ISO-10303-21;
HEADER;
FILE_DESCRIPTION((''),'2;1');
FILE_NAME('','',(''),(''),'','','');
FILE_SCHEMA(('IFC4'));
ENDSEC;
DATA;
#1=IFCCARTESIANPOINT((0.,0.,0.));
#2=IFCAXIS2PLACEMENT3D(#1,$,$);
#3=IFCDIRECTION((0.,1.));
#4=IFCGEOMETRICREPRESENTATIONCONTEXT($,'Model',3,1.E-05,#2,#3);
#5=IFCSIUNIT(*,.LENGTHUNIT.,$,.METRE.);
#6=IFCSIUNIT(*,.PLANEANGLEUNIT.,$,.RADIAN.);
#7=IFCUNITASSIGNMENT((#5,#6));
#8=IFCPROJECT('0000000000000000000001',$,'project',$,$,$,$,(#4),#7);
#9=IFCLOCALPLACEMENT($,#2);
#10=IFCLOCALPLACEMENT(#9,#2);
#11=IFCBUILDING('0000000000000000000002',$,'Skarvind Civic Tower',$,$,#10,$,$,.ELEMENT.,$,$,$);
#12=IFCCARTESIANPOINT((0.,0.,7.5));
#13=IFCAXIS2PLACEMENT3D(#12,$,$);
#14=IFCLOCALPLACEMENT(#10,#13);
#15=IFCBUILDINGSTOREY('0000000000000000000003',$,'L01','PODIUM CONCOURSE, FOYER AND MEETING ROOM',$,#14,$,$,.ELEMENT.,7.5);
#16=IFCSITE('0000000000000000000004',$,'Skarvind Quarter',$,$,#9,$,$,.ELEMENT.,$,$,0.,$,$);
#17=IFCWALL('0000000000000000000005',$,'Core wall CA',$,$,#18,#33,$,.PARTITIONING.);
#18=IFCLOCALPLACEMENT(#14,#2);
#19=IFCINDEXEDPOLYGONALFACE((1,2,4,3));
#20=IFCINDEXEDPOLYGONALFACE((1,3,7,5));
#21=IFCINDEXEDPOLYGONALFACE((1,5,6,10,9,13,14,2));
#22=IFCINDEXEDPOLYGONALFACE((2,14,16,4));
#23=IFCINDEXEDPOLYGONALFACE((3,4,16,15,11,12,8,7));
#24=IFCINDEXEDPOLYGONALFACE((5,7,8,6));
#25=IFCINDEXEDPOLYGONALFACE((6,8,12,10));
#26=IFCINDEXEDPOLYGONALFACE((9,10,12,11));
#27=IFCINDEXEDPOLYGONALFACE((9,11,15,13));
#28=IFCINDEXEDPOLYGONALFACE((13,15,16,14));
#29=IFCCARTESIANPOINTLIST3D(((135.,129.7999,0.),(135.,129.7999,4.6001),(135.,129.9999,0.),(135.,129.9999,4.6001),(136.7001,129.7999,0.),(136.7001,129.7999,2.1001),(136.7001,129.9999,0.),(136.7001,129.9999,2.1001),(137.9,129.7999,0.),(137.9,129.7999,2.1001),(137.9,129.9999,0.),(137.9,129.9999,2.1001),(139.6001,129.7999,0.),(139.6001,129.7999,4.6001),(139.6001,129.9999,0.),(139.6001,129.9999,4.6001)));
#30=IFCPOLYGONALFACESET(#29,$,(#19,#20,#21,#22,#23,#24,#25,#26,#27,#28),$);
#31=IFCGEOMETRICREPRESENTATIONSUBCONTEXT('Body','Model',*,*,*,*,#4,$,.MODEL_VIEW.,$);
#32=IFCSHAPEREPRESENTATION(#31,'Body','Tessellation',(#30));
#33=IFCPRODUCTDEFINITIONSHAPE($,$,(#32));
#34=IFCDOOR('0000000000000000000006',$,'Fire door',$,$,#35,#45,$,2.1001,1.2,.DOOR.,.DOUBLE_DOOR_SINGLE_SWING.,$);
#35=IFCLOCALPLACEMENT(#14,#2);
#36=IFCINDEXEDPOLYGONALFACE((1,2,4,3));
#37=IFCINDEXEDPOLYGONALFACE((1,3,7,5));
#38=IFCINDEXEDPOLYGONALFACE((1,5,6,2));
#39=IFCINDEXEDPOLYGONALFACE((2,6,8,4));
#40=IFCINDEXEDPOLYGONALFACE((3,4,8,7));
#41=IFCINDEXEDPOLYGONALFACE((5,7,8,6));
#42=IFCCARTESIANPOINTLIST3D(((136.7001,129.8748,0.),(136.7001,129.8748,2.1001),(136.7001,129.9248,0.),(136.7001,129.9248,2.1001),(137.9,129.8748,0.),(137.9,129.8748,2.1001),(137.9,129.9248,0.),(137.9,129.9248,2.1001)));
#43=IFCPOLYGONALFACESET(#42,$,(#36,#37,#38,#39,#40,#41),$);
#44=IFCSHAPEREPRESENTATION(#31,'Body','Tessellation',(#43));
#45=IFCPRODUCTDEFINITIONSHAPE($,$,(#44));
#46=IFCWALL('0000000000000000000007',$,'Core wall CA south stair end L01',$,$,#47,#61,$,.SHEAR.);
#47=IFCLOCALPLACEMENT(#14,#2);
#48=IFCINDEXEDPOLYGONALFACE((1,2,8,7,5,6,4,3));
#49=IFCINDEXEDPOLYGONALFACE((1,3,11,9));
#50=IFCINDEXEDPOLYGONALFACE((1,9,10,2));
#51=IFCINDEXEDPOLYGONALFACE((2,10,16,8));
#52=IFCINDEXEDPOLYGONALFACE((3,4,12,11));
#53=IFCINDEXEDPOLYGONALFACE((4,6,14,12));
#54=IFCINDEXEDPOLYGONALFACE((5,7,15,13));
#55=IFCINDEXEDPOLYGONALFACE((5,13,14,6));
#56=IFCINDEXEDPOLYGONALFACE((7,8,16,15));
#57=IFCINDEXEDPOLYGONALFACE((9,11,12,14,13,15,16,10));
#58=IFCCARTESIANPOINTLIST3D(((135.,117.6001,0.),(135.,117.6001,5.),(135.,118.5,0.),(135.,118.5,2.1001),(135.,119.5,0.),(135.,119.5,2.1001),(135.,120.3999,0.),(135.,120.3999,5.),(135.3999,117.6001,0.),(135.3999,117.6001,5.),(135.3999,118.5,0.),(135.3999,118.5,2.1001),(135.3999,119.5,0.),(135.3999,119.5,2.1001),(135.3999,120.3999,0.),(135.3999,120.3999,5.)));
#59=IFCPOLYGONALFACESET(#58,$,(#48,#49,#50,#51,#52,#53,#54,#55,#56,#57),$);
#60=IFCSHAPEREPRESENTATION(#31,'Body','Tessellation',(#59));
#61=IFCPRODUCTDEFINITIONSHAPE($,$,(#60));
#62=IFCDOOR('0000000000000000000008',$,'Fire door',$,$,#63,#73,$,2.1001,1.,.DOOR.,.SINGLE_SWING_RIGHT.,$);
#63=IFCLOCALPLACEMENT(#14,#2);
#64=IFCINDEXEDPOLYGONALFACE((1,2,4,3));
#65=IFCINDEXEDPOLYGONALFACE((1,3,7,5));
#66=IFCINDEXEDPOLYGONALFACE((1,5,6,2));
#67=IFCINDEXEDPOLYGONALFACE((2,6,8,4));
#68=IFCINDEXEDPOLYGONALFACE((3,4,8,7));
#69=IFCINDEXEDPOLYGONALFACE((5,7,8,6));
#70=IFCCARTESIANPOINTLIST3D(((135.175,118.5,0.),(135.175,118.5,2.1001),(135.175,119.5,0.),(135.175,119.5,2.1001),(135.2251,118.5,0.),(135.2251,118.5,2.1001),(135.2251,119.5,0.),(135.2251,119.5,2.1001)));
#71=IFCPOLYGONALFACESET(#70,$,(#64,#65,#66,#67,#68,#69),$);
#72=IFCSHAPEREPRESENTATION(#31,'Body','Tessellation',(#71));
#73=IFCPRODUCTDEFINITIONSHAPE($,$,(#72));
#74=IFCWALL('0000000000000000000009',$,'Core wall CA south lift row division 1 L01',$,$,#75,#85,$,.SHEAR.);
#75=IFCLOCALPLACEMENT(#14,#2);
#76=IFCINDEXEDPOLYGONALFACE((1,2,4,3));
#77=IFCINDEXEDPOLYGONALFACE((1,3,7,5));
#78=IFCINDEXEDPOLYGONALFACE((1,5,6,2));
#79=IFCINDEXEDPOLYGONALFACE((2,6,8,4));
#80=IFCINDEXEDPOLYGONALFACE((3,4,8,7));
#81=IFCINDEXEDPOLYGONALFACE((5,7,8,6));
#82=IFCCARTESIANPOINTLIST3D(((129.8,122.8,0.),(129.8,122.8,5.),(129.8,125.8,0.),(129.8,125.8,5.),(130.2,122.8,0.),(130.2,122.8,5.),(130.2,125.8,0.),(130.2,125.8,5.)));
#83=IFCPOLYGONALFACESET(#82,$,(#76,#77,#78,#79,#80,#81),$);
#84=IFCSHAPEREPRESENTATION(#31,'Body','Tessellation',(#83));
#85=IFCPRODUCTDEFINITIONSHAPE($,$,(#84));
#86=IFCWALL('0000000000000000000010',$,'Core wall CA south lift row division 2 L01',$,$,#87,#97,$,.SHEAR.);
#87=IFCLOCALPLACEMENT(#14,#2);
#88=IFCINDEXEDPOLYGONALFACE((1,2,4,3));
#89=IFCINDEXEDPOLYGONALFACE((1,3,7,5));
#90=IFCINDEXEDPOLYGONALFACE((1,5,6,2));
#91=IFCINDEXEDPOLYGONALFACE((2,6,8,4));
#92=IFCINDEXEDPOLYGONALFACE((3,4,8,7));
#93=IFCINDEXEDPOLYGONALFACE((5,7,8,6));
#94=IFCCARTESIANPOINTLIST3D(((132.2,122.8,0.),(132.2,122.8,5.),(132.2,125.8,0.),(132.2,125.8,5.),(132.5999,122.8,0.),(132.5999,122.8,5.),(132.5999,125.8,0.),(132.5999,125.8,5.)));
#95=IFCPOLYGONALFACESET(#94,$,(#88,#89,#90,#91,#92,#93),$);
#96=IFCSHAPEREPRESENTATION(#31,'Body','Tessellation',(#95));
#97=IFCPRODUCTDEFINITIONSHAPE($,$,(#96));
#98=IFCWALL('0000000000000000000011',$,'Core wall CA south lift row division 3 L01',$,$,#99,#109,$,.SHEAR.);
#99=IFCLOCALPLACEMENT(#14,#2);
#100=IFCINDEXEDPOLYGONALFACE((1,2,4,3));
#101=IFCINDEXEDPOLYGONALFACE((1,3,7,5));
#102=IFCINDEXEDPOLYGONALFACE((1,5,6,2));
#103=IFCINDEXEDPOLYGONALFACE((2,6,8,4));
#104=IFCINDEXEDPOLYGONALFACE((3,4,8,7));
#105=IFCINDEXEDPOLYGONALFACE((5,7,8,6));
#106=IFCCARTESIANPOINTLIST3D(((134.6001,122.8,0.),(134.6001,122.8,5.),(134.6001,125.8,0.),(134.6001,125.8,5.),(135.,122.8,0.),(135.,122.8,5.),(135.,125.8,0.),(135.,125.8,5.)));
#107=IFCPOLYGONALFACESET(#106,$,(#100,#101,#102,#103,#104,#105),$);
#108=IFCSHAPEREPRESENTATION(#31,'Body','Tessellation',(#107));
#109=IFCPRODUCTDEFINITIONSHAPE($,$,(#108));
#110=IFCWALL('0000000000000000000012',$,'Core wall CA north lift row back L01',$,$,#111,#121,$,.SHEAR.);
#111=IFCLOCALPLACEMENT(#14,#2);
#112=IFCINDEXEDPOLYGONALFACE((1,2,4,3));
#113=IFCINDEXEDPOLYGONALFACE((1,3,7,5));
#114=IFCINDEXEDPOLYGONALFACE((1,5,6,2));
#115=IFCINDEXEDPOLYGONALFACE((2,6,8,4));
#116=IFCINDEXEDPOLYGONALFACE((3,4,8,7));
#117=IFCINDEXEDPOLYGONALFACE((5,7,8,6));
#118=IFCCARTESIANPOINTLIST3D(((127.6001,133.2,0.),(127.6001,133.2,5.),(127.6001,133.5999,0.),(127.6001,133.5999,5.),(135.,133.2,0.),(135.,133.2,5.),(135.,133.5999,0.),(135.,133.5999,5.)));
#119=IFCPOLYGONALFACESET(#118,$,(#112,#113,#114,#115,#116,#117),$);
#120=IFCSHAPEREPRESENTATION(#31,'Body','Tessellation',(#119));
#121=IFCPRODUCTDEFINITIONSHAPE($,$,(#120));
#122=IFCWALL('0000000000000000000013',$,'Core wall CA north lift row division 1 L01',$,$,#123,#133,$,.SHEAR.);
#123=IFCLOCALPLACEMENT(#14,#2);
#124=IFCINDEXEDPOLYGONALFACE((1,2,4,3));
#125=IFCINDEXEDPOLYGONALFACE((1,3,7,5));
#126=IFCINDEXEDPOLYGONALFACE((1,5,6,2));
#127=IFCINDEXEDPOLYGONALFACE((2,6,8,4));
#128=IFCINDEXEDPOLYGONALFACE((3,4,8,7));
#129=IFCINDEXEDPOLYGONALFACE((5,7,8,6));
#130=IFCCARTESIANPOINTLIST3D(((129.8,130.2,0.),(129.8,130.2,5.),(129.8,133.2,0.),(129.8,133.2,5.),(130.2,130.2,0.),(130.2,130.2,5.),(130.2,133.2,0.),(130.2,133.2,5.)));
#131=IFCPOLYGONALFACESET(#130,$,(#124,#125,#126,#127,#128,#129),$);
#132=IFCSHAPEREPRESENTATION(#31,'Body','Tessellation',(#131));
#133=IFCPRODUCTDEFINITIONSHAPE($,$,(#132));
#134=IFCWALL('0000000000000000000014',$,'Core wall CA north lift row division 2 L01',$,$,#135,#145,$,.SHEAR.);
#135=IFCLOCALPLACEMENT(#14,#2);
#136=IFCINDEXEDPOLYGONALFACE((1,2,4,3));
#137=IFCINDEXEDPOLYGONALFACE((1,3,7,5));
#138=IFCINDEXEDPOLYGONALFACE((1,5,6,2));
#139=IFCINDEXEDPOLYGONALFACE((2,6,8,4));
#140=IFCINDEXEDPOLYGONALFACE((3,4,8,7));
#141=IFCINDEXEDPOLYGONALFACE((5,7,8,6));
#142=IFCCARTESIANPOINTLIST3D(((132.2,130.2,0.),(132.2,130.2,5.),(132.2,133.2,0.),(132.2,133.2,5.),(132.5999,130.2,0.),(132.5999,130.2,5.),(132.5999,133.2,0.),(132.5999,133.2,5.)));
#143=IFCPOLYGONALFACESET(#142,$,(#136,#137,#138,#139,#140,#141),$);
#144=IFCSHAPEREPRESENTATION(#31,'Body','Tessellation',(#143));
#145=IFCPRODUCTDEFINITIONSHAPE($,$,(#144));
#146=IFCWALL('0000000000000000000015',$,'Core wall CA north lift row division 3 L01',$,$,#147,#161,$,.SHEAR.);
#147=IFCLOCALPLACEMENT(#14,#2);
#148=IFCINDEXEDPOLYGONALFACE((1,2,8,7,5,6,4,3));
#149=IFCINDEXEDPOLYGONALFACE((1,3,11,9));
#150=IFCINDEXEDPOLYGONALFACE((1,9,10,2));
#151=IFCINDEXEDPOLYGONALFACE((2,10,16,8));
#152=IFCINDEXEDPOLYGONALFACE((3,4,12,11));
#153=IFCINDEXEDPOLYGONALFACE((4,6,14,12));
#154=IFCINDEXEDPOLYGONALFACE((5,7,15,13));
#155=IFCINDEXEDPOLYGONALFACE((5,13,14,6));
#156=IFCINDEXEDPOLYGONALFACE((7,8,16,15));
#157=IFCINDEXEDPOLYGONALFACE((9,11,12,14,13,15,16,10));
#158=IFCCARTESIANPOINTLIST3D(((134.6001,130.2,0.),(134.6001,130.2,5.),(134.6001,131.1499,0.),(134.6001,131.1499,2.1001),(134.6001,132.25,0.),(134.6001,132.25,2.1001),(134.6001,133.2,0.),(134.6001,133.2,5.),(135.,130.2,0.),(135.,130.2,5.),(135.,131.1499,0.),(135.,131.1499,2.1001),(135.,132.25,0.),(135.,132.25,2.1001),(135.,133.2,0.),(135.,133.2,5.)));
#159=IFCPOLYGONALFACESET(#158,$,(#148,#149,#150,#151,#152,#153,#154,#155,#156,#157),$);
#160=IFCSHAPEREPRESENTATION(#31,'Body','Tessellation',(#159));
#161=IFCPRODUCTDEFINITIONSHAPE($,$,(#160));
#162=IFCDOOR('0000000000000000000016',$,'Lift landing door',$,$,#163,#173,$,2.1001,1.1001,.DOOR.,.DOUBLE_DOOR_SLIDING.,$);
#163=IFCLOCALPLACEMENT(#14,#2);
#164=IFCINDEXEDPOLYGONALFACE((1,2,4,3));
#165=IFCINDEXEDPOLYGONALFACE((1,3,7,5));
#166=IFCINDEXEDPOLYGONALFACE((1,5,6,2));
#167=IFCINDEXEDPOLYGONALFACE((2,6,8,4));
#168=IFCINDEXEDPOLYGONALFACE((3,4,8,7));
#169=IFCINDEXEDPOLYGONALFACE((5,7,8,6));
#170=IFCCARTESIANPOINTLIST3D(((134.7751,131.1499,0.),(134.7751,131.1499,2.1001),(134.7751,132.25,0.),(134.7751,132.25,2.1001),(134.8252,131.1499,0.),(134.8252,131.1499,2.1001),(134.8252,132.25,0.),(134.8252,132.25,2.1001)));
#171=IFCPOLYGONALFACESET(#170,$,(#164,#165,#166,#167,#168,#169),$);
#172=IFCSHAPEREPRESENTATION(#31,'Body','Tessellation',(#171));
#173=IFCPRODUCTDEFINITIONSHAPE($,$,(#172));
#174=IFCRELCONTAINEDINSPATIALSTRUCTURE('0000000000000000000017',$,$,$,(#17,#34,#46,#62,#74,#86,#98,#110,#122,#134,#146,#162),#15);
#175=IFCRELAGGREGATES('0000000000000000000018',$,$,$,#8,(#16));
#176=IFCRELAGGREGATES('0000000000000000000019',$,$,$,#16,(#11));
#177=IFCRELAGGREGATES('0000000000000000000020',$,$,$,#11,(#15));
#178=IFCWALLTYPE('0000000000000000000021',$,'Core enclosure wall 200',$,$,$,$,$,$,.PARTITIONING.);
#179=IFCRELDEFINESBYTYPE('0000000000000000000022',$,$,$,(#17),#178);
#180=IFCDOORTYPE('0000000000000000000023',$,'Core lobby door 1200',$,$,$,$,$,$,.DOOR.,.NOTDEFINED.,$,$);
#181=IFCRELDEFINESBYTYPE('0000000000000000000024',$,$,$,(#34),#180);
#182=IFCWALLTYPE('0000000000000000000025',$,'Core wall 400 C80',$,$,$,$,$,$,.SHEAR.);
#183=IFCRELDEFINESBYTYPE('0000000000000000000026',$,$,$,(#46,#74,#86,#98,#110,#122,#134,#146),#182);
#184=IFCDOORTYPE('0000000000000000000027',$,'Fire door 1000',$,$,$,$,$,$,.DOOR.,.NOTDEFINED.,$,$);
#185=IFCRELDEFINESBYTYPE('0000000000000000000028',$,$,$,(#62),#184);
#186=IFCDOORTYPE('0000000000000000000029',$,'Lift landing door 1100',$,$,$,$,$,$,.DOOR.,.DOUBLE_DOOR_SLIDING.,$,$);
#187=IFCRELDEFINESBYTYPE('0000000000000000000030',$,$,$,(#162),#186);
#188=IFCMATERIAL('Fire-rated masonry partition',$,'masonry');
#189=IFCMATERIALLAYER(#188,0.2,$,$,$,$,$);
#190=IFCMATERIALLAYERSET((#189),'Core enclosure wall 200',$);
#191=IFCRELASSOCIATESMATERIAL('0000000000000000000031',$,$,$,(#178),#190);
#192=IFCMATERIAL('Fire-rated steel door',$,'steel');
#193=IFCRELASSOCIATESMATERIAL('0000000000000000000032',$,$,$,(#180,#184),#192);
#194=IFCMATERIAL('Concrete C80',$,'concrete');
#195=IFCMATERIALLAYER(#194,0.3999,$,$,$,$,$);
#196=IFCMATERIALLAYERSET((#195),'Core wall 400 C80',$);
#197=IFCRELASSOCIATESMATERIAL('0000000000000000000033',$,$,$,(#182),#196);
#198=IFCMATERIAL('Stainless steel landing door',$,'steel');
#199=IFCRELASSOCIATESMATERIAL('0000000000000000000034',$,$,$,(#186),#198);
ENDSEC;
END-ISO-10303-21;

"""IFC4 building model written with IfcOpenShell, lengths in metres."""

from ifc_helpers import new_model, si_unit, direction, frame, frame_2d, origin, place, context, subcontext, project, spatial, rectangle, extrude, material, layer, layer_set, type_object, element, fill, save


model = new_model("IFC4")

# Units and contexts
model_context = context("Model", 3, precision=1e-05, world=origin(), true_north=direction((0.0, 1.0)))
body_context = subcontext(model_context, "Body", "Model", "MODEL_VIEW")
ifc_project = project(units=[si_unit("LENGTHUNIT", "METRE"), si_unit("PLANEANGLEUNIT", "RADIAN")], contexts=[model_context])

# Site, building, storey
site_placement = place(None, origin())
site = spatial("IfcSite", under=ifc_project, at=site_placement, Name="Skarvind Quarter", CompositionType="ELEMENT", RefElevation=0.0)
building_placement = place(site_placement, origin())
building = spatial("IfcBuilding", under=site, at=building_placement, Name="Skarvind Civic Tower", CompositionType="ELEMENT")
storey_placement = place(building_placement, frame((0.0, 0.0, 7.5)))
storey = spatial("IfcBuildingStorey", under=building, at=storey_placement, Name="L01", Description="PODIUM CONCOURSE, FOYER AND MEETING ROOM", CompositionType="ELEMENT", Elevation=7.5)

# Walls, openings, doors
ifc_material_1 = material(Name="Fire-rated masonry partition", Category="masonry")
ifc_layer_1 = layer(ifc_material_1, 0.2)
ifc_layer_set_1 = layer_set([ifc_layer_1], Name="Core enclosure wall 200")
wall_type_1 = type_object("IfcWallType", Name="Core enclosure wall 200", PredefinedType="PARTITIONING", material=ifc_layer_set_1)
wall_1_placement = place(storey_placement, frame((135.0, 129.8999, 0.0), z_axis=(0.0, 0.0, 1.0), x_axis=(1.0, 0.0, 0.0)))
wall_1 = element("IfcWall", 1, at=wall_1_placement, inside=storey, type_object=wall_type_1, Name="Core wall CA", PredefinedType="PARTITIONING", context=body_context, shape_type="SweptSolid", body=[
    extrude(rectangle(XDim=4.6001, YDim=0.2, at=frame_2d((2.3, 0.0))), origin(), (0.0, 0.0, 1.0), 4.6001),
])
opening_1_placement = place(wall_1_placement, frame((1.7, 0.0, 0.0)))
opening_1 = element("IfcOpeningElement", 2, at=opening_1_placement, cuts=wall_1, PredefinedType="OPENING", context=body_context, shape_type="SweptSolid", body=[
    extrude(rectangle(XDim=1.2, YDim=2.1001, at=frame_2d((0.6001, 1.05))), frame((0.0, 0.1099, 0.0), z_axis=(0.0, -1.0, 0.0), x_axis=(1.0, 0.0, 0.0)), (0.0, 0.0, 1.0), 0.22),
])
ifc_material_2 = material(Name="Fire-rated steel door", Category="steel")
door_type_1 = type_object("IfcDoorType", Name="Core lobby door 1200", OperationType="NOTDEFINED", PredefinedType="DOOR", material=ifc_material_2)
door_1_placement = place(opening_1_placement, origin())
door_1 = element("IfcDoor", 3, at=door_1_placement, inside=storey, type_object=door_type_1, Name="Fire door", OperationType="DOUBLE_DOOR_SINGLE_SWING", OverallHeight=2.1001, OverallWidth=1.2, PredefinedType="DOOR", context=body_context, shape_type="SweptSolid", body=[
    extrude(rectangle(XDim=1.2, YDim=2.1001, at=frame_2d((0.6001, 1.05))), frame((0.0, 0.0249, 0.0), z_axis=(0.0, -1.0, 0.0), x_axis=(1.0, 0.0, 0.0)), (0.0, 0.0, 1.0), 0.05),
])
fill(opening_1, door_1)
ifc_material_3 = material(Name="Concrete C80", Category="concrete")
ifc_layer_2 = layer(ifc_material_3, 0.3999)
ifc_layer_set_2 = layer_set([ifc_layer_2], Name="Core wall 400 C80")
wall_type_2 = type_object("IfcWallType", Name="Core wall 400 C80", PredefinedType="SHEAR", material=ifc_layer_set_2)
wall_2_placement = place(storey_placement, frame((135.2, 117.6001, 0.0), z_axis=(0.0, 0.0, 1.0), x_axis=(0.0, 1.0, 0.0)))
wall_2 = element("IfcWall", 4, at=wall_2_placement, inside=storey, type_object=wall_type_2, Name="Core wall CA south stair end L01", PredefinedType="SHEAR", context=body_context, shape_type="SweptSolid", body=[
    extrude(rectangle(XDim=2.7998, YDim=0.3999, at=frame_2d((1.3999, 0.0))), origin(), (0.0, 0.0, 1.0), 5.0),
])
opening_2_placement = place(wall_2_placement, frame((0.8999, 0.0, 0.0)))
opening_2 = element("IfcOpeningElement", 5, at=opening_2_placement, cuts=wall_2, PredefinedType="OPENING", context=body_context, shape_type="SweptSolid", body=[
    extrude(rectangle(XDim=1.0, YDim=2.1001, at=frame_2d((0.5, 1.05))), frame((0.0, 0.21, 0.0), z_axis=(0.0, -1.0, 0.0), x_axis=(1.0, 0.0, 0.0)), (0.0, 0.0, 1.0), 0.4199),
])
door_type_2 = type_object("IfcDoorType", Name="Fire door 1000", OperationType="NOTDEFINED", PredefinedType="DOOR", material=ifc_material_2)
door_2_placement = place(opening_2_placement, origin())
door_2 = element("IfcDoor", 6, at=door_2_placement, inside=storey, type_object=door_type_2, Name="Fire door", OperationType="SINGLE_SWING_RIGHT", OverallHeight=2.1001, OverallWidth=1.0, PredefinedType="DOOR", context=body_context, shape_type="SweptSolid", body=[
    extrude(rectangle(XDim=1.0, YDim=2.1001, at=frame_2d((0.5, 1.05))), frame((0.0, 0.0249, 0.0), z_axis=(0.0, -1.0, 0.0), x_axis=(1.0, 0.0, 0.0)), (0.0, 0.0, 1.0), 0.05),
])
fill(opening_2, door_2)

# Walls
for number, where, z_axis, x_axis, name in (
    (7, (130.0, 122.8, 0.0), (0.0, 0.0, 1.0), (0.0, 1.0, 0.0), "Core wall CA south lift row division 1 L01"),
    (8, (132.3999, 122.8, 0.0), (0.0, 0.0, 1.0), (0.0, 1.0, 0.0), "Core wall CA south lift row division 2 L01"),
    (9, (134.8, 122.8, 0.0), (0.0, 0.0, 1.0), (0.0, 1.0, 0.0), "Core wall CA south lift row division 3 L01"),
):
    element("IfcWall", number, at=place(storey_placement, frame(where, z_axis=z_axis, x_axis=x_axis)), inside=storey, type_object=wall_type_2, Name=name, PredefinedType="SHEAR", context=body_context, shape_type="SweptSolid", body=[
        extrude(rectangle(XDim=3.0, YDim=0.3999, at=frame_2d((1.5, 0.0))), origin(), (0.0, 0.0, 1.0), 5.0),
    ])
wall_3_placement = place(storey_placement, frame((127.6001, 133.3999, 0.0), z_axis=(0.0, 0.0, 1.0), x_axis=(1.0, 0.0, 0.0)))
element("IfcWall", 10, at=wall_3_placement, inside=storey, type_object=wall_type_2, Name="Core wall CA north lift row back L01", PredefinedType="SHEAR", context=body_context, shape_type="SweptSolid", body=[
    extrude(rectangle(XDim=7.3999, YDim=0.3999, at=frame_2d((3.7, 0.0))), origin(), (0.0, 0.0, 1.0), 5.0),
])
for number, where, z_axis, x_axis, name in (
    (11, (130.0, 130.2, 0.0), (0.0, 0.0, 1.0), (0.0, 1.0, 0.0), "Core wall CA north lift row division 1 L01"),
    (12, (132.3999, 130.2, 0.0), (0.0, 0.0, 1.0), (0.0, 1.0, 0.0), "Core wall CA north lift row division 2 L01"),
):
    element("IfcWall", number, at=place(storey_placement, frame(where, z_axis=z_axis, x_axis=x_axis)), inside=storey, type_object=wall_type_2, Name=name, PredefinedType="SHEAR", context=body_context, shape_type="SweptSolid", body=[
        extrude(rectangle(XDim=3.0, YDim=0.3999, at=frame_2d((1.5, 0.0))), origin(), (0.0, 0.0, 1.0), 5.0),
    ])

# Wall, opening, door
wall_4_placement = place(storey_placement, frame((134.8, 130.2, 0.0), z_axis=(0.0, 0.0, 1.0), x_axis=(0.0, 1.0, 0.0)))
wall_4 = element("IfcWall", 13, at=wall_4_placement, inside=storey, type_object=wall_type_2, Name="Core wall CA north lift row division 3 L01", PredefinedType="SHEAR", context=body_context, shape_type="SweptSolid", body=[
    extrude(rectangle(XDim=3.0, YDim=0.3999, at=frame_2d((1.5, 0.0))), origin(), (0.0, 0.0, 1.0), 5.0),
])
opening_3_placement = place(wall_4_placement, frame((0.95, 0.0, 0.0)))
opening_3 = element("IfcOpeningElement", 14, at=opening_3_placement, cuts=wall_4, PredefinedType="OPENING", context=body_context, shape_type="SweptSolid", body=[
    extrude(rectangle(XDim=1.1001, YDim=2.1001, at=frame_2d((0.55, 1.05))), frame((0.0, 0.21, 0.0), z_axis=(0.0, -1.0, 0.0), x_axis=(1.0, 0.0, 0.0)), (0.0, 0.0, 1.0), 0.4199),
])
ifc_material_4 = material(Name="Stainless steel landing door", Category="steel")
door_type_3 = type_object("IfcDoorType", Name="Lift landing door 1100", OperationType="DOUBLE_DOOR_SLIDING", PredefinedType="DOOR", material=ifc_material_4)
door_3_placement = place(opening_3_placement, origin())
door_3 = element("IfcDoor", 15, at=door_3_placement, inside=storey, type_object=door_type_3, Name="Lift landing door", OperationType="DOUBLE_DOOR_SLIDING", OverallHeight=2.1001, OverallWidth=1.1001, PredefinedType="DOOR", context=body_context, shape_type="SweptSolid", body=[
    extrude(rectangle(XDim=1.1001, YDim=2.1001, at=frame_2d((0.55, 1.05))), frame((0.0, 0.0249, 0.0), z_axis=(0.0, -1.0, 0.0), x_axis=(1.0, 0.0, 0.0)), (0.0, 0.0, 1.0), 0.05),
])
fill(opening_3, door_3)

save(model, "model.ifc")
